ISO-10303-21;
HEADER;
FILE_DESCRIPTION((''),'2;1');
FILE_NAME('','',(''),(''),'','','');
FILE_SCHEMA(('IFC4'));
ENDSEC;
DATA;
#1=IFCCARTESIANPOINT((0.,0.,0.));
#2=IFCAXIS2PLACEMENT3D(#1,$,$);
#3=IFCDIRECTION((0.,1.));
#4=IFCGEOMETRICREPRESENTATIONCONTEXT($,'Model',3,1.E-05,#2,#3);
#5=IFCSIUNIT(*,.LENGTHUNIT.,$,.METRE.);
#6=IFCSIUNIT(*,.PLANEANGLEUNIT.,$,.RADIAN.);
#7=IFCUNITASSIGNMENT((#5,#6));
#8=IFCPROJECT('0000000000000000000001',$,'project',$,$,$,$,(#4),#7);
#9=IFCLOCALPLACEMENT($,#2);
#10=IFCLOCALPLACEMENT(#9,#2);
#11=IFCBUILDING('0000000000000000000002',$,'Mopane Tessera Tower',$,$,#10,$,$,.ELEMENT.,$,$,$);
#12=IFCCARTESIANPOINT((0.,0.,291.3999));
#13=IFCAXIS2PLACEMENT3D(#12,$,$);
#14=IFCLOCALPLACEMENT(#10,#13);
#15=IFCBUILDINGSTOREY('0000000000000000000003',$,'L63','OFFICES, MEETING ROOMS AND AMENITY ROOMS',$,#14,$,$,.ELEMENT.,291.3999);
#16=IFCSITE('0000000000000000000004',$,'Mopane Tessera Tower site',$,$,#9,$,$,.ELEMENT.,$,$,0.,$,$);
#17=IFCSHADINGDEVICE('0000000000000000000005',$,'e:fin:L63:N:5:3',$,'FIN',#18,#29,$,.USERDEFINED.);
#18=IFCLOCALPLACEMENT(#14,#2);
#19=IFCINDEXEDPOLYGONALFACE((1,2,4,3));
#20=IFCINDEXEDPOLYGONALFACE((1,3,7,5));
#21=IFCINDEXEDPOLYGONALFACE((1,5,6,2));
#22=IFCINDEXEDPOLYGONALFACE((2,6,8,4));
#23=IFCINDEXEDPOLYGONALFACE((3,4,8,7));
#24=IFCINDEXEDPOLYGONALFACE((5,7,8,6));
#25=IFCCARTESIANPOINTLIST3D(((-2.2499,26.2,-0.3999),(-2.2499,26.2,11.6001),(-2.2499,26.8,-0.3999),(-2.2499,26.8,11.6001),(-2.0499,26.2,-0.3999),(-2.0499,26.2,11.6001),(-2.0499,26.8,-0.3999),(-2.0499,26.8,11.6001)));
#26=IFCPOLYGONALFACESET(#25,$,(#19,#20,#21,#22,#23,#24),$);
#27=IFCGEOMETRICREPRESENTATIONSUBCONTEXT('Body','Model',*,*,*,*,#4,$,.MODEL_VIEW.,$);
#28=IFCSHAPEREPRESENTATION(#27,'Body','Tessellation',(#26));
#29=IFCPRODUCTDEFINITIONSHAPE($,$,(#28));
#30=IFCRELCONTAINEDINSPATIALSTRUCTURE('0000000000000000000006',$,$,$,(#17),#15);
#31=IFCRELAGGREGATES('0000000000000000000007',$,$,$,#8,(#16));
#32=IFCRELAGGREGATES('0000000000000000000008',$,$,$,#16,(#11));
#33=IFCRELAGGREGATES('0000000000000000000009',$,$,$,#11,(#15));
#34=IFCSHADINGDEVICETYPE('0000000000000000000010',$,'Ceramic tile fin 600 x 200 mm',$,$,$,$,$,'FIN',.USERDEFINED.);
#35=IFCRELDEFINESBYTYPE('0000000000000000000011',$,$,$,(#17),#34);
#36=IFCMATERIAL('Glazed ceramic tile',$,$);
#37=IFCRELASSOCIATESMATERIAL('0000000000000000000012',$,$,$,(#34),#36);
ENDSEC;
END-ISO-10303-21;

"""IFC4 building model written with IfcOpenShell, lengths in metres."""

from ifc_helpers import new_model, si_unit, direction, frame, origin, origin_2d, place, context, subcontext, project, spatial, rectangle, extrude, material, type_object, element, save


model = new_model("IFC4")

# Units and contexts
model_context = context("Model", 3, precision=1e-05, world=origin(), true_north=direction((0.0, 1.0)))
body_context = subcontext(model_context, "Body", "Model", "MODEL_VIEW")
ifc_project = project(units=[si_unit("LENGTHUNIT", "METRE"), si_unit("PLANEANGLEUNIT", "RADIAN")], contexts=[model_context])

# Site, building, storey
site_placement = place(None, origin())
site = spatial("IfcSite", under=ifc_project, at=site_placement, Name="Mopane Tessera Tower site", CompositionType="ELEMENT", RefElevation=0.0)
building_placement = place(site_placement, origin())
building = spatial("IfcBuilding", under=site, at=building_placement, Name="Mopane Tessera Tower", CompositionType="ELEMENT")
storey_placement = place(building_placement, frame((0.0, 0.0, 291.3999)))
storey = spatial("IfcBuildingStorey", under=building, at=storey_placement, Name="L63", Description="OFFICES, MEETING ROOMS AND AMENITY ROOMS", CompositionType="ELEMENT", Elevation=291.3999)

# Shading device
ifc_material_1 = material(Name="Glazed ceramic tile")
shading_device_type = type_object("IfcShadingDeviceType", Name="Ceramic tile fin 600 x 200 mm", ElementType="FIN", PredefinedType="USERDEFINED", material=ifc_material_1)
for number, where, z_axis, x_axis, name in (
    (1, (-2.1499, 26.5, -0.3999), (0.0, 0.0, 1.0), (-1.0, 0.0, 0.0), "e:fin:L63:N:5:3"),
):
    element("IfcShadingDevice", number, at=place(storey_placement, frame(where, z_axis=z_axis, x_axis=x_axis)), inside=storey, type_object=shading_device_type, Name=name, ObjectType="FIN", PredefinedType="USERDEFINED", context=body_context, shape_type="SweptSolid", body=[
        extrude(rectangle(XDim=0.2, YDim=0.6001, at=origin_2d()), origin(), (0.0, 0.0, 1.0), 12.0),
    ])

save(model, "model.ifc")
